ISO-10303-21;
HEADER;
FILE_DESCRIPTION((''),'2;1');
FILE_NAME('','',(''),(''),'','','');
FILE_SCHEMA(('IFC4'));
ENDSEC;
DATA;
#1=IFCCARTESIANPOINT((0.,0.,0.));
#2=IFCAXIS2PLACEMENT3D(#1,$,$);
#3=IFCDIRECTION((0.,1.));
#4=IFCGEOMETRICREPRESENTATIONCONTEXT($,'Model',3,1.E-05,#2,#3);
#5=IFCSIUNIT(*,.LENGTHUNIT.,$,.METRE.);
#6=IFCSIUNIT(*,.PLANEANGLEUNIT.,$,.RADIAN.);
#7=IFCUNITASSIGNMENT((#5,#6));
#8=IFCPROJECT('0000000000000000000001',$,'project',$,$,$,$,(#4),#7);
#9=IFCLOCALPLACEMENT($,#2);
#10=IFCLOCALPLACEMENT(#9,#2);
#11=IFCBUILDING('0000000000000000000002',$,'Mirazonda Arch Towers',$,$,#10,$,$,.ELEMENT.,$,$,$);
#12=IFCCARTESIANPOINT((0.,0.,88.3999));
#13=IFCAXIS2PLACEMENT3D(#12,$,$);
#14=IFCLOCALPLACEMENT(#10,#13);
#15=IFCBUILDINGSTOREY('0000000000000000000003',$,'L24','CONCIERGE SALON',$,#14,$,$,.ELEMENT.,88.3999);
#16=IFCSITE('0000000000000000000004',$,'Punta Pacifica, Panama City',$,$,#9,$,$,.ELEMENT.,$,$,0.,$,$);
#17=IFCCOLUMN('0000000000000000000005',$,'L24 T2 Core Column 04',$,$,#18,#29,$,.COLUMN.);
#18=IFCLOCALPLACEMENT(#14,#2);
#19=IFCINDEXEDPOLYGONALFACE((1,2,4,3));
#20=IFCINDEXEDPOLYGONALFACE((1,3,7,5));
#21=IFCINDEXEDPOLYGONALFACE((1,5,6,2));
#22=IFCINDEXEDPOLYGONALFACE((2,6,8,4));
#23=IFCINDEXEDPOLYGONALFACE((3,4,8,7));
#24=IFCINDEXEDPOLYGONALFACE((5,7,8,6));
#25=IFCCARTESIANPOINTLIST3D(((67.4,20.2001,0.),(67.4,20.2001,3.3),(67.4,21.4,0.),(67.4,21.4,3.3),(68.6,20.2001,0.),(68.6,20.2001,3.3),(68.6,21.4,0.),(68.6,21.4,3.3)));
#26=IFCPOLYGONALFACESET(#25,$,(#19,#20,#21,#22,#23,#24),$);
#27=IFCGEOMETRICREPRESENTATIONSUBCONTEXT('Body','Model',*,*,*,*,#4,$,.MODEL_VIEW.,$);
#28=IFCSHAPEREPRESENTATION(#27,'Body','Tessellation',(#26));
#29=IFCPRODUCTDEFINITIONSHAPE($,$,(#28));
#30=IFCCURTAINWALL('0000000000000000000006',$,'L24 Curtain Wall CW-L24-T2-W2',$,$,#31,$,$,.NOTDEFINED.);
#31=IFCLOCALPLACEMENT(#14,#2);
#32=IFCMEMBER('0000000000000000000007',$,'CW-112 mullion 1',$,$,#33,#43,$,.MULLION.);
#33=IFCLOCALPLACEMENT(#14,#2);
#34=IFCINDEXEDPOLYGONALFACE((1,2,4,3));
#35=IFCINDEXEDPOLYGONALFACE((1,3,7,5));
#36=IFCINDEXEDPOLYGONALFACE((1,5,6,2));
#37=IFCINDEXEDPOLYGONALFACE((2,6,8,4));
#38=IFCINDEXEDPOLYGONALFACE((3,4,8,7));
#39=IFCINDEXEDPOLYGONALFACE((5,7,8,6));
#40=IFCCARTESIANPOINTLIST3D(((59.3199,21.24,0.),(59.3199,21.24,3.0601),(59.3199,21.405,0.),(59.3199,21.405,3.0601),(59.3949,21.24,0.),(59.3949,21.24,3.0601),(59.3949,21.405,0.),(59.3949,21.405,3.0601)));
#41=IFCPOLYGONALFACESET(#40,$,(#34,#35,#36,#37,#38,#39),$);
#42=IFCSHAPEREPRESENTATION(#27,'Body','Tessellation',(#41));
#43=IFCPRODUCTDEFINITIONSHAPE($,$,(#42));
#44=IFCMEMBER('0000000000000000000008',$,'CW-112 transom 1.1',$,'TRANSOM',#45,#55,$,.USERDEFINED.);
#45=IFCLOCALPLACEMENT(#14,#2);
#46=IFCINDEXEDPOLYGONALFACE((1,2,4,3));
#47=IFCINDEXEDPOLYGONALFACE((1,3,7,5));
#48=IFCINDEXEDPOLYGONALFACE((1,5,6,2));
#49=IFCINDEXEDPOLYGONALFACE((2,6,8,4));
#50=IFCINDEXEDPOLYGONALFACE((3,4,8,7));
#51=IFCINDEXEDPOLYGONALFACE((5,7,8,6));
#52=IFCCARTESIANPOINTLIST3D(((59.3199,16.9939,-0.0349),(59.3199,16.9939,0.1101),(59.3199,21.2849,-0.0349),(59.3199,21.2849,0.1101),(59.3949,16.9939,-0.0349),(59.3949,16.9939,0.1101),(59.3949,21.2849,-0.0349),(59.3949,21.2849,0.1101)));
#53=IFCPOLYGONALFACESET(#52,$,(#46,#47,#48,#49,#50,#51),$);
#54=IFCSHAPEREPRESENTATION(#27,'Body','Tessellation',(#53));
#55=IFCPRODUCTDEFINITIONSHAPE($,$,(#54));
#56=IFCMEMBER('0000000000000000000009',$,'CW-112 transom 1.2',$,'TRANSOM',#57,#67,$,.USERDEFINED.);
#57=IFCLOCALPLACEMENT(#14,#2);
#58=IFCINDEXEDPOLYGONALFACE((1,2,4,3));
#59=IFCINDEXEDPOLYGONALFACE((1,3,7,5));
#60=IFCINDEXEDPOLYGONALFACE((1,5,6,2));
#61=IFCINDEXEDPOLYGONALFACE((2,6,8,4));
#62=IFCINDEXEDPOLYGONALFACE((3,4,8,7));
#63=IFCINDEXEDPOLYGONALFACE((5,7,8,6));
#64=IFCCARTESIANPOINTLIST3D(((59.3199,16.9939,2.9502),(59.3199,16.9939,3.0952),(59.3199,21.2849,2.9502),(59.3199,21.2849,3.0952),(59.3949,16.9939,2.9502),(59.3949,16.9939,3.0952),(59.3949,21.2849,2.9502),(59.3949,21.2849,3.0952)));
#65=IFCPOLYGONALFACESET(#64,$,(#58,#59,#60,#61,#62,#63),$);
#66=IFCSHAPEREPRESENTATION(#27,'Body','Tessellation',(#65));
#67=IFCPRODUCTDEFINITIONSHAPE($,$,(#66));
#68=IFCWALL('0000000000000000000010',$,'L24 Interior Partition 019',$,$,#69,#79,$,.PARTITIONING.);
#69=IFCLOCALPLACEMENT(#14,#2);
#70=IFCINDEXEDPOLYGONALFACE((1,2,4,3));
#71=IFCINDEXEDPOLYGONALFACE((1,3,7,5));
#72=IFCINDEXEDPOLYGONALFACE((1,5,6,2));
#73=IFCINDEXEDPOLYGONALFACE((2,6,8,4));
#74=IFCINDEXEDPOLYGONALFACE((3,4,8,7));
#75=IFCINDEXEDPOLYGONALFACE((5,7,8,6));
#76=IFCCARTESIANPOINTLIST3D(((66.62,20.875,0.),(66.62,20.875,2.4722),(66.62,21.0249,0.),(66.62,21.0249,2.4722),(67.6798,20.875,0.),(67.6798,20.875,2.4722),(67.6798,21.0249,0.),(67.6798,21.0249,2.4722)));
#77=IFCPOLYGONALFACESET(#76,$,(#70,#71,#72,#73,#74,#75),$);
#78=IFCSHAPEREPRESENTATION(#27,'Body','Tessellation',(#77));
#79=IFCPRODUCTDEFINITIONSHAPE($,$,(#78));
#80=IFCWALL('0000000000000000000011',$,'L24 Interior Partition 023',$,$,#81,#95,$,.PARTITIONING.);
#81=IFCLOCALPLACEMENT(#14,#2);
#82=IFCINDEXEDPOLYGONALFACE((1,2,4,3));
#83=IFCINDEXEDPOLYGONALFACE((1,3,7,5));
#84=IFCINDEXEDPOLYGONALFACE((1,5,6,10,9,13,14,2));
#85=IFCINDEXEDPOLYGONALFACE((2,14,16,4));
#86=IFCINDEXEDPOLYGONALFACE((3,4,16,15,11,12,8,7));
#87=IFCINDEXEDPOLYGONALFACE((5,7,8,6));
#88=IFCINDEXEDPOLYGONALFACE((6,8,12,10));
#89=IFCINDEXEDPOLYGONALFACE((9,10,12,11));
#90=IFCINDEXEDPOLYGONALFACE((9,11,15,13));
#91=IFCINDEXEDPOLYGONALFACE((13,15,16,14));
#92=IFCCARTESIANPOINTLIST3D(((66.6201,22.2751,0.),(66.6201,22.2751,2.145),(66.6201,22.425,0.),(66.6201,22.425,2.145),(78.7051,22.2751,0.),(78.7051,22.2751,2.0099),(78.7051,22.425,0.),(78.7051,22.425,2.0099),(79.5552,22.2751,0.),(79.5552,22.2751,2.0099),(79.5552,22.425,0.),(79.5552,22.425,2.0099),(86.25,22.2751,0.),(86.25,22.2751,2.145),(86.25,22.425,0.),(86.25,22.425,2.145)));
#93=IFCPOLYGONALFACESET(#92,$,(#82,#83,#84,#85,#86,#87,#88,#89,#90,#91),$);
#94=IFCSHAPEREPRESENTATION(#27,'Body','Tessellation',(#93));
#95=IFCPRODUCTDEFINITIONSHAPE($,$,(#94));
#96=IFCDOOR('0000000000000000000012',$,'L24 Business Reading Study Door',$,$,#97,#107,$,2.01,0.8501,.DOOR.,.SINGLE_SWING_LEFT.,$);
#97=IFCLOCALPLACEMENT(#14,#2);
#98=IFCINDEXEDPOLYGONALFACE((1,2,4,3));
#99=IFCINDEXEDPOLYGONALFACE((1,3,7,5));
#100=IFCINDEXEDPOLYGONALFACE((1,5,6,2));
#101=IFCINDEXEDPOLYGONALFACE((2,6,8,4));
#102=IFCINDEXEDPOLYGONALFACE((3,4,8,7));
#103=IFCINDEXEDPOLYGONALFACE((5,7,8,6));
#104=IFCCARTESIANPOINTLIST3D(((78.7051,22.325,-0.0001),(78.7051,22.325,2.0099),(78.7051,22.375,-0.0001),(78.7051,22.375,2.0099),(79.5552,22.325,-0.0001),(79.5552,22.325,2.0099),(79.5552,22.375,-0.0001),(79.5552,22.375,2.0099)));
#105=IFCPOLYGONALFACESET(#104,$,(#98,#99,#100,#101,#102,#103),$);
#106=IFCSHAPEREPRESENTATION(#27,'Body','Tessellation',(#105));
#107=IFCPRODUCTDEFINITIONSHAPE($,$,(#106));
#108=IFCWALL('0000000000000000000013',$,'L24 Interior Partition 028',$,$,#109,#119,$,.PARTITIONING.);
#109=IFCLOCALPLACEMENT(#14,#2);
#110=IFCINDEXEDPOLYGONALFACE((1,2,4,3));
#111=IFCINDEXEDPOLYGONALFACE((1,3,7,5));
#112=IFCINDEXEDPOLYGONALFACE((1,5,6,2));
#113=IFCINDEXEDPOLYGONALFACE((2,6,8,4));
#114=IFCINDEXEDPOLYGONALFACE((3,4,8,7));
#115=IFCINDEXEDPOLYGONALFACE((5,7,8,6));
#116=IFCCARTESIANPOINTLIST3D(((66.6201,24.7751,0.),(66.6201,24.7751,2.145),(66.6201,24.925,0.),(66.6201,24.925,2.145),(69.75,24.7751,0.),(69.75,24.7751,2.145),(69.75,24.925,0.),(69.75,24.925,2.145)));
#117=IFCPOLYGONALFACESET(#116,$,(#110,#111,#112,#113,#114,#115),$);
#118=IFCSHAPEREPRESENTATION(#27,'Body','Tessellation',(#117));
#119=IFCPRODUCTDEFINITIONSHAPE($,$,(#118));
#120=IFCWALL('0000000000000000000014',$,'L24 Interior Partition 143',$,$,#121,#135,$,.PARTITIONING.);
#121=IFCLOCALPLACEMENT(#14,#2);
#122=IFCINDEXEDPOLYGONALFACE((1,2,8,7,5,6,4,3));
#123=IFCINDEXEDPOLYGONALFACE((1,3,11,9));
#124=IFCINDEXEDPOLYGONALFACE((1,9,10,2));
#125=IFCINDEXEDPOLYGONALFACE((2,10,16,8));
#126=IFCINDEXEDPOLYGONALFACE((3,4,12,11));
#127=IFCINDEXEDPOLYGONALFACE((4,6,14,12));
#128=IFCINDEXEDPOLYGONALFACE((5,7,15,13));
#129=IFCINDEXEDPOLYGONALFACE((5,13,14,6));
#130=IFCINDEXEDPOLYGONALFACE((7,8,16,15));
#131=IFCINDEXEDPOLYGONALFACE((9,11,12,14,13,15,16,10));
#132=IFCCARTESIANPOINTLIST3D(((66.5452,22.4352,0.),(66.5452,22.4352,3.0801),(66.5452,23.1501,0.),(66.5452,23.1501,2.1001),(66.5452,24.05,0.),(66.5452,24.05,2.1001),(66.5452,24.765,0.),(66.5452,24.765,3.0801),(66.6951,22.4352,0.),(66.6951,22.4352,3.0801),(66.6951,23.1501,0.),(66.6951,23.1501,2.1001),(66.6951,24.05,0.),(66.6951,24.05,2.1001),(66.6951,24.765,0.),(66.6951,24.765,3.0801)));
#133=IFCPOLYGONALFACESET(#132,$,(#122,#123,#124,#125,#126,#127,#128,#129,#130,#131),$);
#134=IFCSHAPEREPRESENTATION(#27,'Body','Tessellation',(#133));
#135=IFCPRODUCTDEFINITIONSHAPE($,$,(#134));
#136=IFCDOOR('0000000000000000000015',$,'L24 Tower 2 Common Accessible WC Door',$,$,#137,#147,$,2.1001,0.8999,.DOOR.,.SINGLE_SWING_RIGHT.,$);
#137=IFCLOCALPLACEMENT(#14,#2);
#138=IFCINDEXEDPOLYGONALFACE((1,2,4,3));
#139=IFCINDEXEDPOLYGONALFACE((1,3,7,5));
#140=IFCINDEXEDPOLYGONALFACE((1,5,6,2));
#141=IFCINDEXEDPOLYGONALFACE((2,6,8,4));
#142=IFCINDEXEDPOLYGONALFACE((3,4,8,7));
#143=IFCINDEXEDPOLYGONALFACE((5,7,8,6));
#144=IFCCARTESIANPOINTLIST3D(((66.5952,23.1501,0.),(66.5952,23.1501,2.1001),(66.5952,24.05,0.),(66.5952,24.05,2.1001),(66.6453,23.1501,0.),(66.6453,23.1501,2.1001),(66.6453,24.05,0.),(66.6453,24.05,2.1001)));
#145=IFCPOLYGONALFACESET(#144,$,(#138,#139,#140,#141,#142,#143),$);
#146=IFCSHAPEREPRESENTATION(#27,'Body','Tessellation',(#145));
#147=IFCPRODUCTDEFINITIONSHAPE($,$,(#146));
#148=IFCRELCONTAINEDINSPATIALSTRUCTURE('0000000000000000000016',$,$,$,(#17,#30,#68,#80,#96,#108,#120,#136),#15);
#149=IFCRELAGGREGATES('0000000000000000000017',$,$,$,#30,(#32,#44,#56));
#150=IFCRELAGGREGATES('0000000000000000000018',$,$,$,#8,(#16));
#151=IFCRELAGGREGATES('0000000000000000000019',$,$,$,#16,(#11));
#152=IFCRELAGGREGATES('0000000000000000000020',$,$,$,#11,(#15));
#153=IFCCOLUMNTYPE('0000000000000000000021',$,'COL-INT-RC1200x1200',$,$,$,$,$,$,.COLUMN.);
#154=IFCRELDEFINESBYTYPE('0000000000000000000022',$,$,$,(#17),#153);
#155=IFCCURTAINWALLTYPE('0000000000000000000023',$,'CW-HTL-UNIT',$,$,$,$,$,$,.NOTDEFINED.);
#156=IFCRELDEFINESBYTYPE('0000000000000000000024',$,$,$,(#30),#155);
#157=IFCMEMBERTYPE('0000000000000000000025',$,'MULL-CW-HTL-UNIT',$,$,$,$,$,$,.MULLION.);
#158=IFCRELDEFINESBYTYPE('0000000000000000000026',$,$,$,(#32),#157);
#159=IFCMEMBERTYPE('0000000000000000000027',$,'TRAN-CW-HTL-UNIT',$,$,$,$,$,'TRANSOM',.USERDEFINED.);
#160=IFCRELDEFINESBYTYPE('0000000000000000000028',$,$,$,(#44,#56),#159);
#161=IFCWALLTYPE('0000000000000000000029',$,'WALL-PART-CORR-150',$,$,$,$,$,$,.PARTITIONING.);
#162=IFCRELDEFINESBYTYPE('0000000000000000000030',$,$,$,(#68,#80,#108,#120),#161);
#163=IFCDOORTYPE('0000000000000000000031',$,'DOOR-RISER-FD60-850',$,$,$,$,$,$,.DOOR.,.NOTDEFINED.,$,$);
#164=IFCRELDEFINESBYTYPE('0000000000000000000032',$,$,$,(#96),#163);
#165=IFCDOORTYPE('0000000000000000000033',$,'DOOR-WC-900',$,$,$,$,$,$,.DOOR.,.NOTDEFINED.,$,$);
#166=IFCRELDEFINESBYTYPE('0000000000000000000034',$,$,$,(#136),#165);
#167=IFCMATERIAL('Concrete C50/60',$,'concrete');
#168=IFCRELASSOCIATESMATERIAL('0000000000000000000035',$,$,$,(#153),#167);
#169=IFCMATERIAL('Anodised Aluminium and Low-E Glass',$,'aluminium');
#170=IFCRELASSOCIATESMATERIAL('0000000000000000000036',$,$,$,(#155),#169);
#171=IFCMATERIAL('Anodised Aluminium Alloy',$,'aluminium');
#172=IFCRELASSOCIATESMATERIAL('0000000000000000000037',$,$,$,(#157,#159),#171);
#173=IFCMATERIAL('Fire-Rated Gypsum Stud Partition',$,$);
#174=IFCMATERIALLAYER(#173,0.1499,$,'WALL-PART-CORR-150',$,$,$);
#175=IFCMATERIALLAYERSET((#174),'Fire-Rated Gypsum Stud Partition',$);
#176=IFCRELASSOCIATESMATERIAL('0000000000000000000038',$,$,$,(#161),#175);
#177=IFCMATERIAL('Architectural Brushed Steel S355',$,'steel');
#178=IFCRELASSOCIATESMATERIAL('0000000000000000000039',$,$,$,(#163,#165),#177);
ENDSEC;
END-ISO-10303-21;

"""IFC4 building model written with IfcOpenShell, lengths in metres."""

from ifc_helpers import new_model, si_unit, direction, frame, frame_2d, origin, origin_2d, place, context, subcontext, project, spatial, rectangle, extrude, material, layer, layer_set, material_profile, profile_set, type_object, element, fill, aggregate, save


model = new_model("IFC4")

# Units and contexts
model_context = context("Model", 3, precision=1e-05, world=origin(), true_north=direction((0.0, 1.0)))
body_context = subcontext(model_context, "Body", "Model", "MODEL_VIEW")
ifc_project = project(units=[si_unit("LENGTHUNIT", "METRE"), si_unit("PLANEANGLEUNIT", "RADIAN")], contexts=[model_context])

# Site, building, storey
site_placement = place(None, origin())
site = spatial("IfcSite", under=ifc_project, at=site_placement, Name="Punta Pacifica, Panama City", CompositionType="ELEMENT", RefElevation=0.0)
building_placement = place(site_placement, origin())
building = spatial("IfcBuilding", under=site, at=building_placement, Name="Mirazonda Arch Towers", CompositionType="ELEMENT")
storey_placement = place(building_placement, frame((0.0, 0.0, 88.3999)))
storey = spatial("IfcBuildingStorey", under=building, at=storey_placement, Name="L24", Description="CONCIERGE SALON", CompositionType="ELEMENT", Elevation=88.3999)

# Column
ifc_material_1 = material(Name="Concrete C50/60", Category="concrete")
ifc_material_profile_1 = material_profile(ifc_material_1, rectangle(XDim=1.2, YDim=1.2, at=origin_2d()), Name="RC1200x1200")
ifc_profile_set_1 = profile_set([ifc_material_profile_1], Name="Concrete C50/60")
column_type = type_object("IfcColumnType", Name="COL-INT-RC1200x1200", PredefinedType="COLUMN", material=ifc_profile_set_1)
column_placement = place(storey_placement, frame((68.0, 20.8, 0.0), z_axis=(0.0, 0.0, 1.0), x_axis=(1.0, 0.0, 0.0)))
element("IfcColumn", 1, at=column_placement, inside=storey, type_object=column_type, Name="L24 T2 Core Column 04", PredefinedType="COLUMN", context=body_context, shape_type="SweptSolid", body=[
    extrude(rectangle(XDim=1.2, YDim=1.2, at=origin_2d()), origin(), (0.0, 0.0, 1.0), 3.3),
])

# Curtain wall, members
ifc_material_2 = material(Name="Anodised Aluminium and Low-E Glass", Category="aluminium")
curtain_wall_type = type_object("IfcCurtainWallType", Name="CW-HTL-UNIT", PredefinedType="NOTDEFINED", material=ifc_material_2)
curtain_wall_placement = place(storey_placement, origin())
curtain_wall = element("IfcCurtainWall", 2, at=curtain_wall_placement, inside=storey, type_object=curtain_wall_type, Name="L24 Curtain Wall CW-L24-T2-W2", PredefinedType="NOTDEFINED")
ifc_material_3 = material(Name="Anodised Aluminium Alloy", Category="aluminium")
ifc_material_profile_2 = material_profile(ifc_material_3, rectangle(XDim=0.075, YDim=0.165, at=origin_2d()), Name="ALU-MULL-75x165")
ifc_profile_set_2 = profile_set([ifc_material_profile_2], Name="Anodised Aluminium Alloy")
member_type_1 = type_object("IfcMemberType", Name="MULL-CW-HTL-UNIT", PredefinedType="MULLION", material=ifc_profile_set_2)
member_1_placement = place(storey_placement, frame((59.3574, 21.3225, 0.0), z_axis=(0.0, 0.0, 1.0), x_axis=(1.0, 0.0, 0.0)))
member_1 = element("IfcMember", 3, at=member_1_placement, type_object=member_type_1, Name="CW-112 mullion 1", PredefinedType="MULLION", context=body_context, shape_type="SweptSolid", body=[
    extrude(rectangle(XDim=0.075, YDim=0.165, at=origin_2d()), origin(), (0.0, 0.0, 1.0), 3.0601),
])
ifc_material_profile_3 = material_profile(ifc_material_3, rectangle(XDim=0.075, YDim=0.145, at=origin_2d()), Name="ALU-TRAN-75x145")
ifc_profile_set_3 = profile_set([ifc_material_profile_3], Name="Anodised Aluminium Alloy")
member_type_2 = type_object("IfcMemberType", Name="TRAN-CW-HTL-UNIT", ElementType="TRANSOM", PredefinedType="USERDEFINED", material=ifc_profile_set_3)
member_2_placement = place(storey_placement, frame((59.3574, 21.2849, 0.0376), z_axis=(0.0, -1.0, 0.0), x_axis=(1.0, 0.0, 0.0)))
member_2 = element("IfcMember", 4, at=member_2_placement, type_object=member_type_2, Name="CW-112 transom 1.1", ObjectType="TRANSOM", PredefinedType="USERDEFINED", context=body_context, shape_type="SweptSolid", body=[
    extrude(rectangle(XDim=0.075, YDim=0.145, at=origin_2d()), origin(), (0.0, 0.0, 1.0), 4.291),
])
member_3_placement = place(storey_placement, frame((59.3574, 21.2849, 3.0227), z_axis=(0.0, -1.0, 0.0), x_axis=(1.0, 0.0, 0.0)))
member_3 = element("IfcMember", 5, at=member_3_placement, type_object=member_type_2, Name="CW-112 transom 1.2", ObjectType="TRANSOM", PredefinedType="USERDEFINED", context=body_context, shape_type="SweptSolid", body=[
    extrude(rectangle(XDim=0.075, YDim=0.145, at=origin_2d()), origin(), (0.0, 0.0, 1.0), 4.291),
])
aggregate(curtain_wall, [member_1, member_2, member_3])

# Wall
ifc_material_4 = material(Name="Fire-Rated Gypsum Stud Partition")
ifc_layer_1 = layer(ifc_material_4, 0.1499, Name="WALL-PART-CORR-150")
ifc_layer_set_1 = layer_set([ifc_layer_1], Name="Fire-Rated Gypsum Stud Partition")
wall_type_1 = type_object("IfcWallType", Name="WALL-PART-CORR-150", PredefinedType="PARTITIONING", material=ifc_layer_set_1)
wall_1_placement = place(storey_placement, frame((66.6201, 20.95, 0.0), z_axis=(0.0, 0.0, 1.0), x_axis=(1.0, 0.0, 0.0)))
element("IfcWall", 6, at=wall_1_placement, inside=storey, type_object=wall_type_1, Name="L24 Interior Partition 019", PredefinedType="PARTITIONING", context=body_context, shape_type="SweptSolid", body=[
    extrude(rectangle(XDim=1.0598, YDim=0.1499, at=frame_2d((0.5298, 0.0))), origin(), (0.0, 0.0, 1.0), 2.4722),
])

# Wall, opening, door
wall_2_placement = place(storey_placement, frame((66.6201, 22.3501, 0.0), z_axis=(0.0, 0.0, 1.0), x_axis=(1.0, 0.0, 0.0)))
wall_2 = element("IfcWall", 7, at=wall_2_placement, inside=storey, type_object=wall_type_1, Name="L24 Interior Partition 023", PredefinedType="PARTITIONING", context=body_context, shape_type="SweptSolid", body=[
    extrude(rectangle(XDim=19.6299, YDim=0.1499, at=frame_2d((9.8149, 0.0))), origin(), (0.0, 0.0, 1.0), 2.145),
])
opening_1_placement = place(wall_2_placement, frame((12.085, 0.0, 0.0)))
opening_1 = element("IfcOpeningElement", 8, at=opening_1_placement, cuts=wall_2, PredefinedType="OPENING", context=body_context, shape_type="SweptSolid", body=[
    extrude(rectangle(XDim=0.8501, YDim=2.01, at=frame_2d((0.425, 1.0049))), frame((0.0, 0.085, 0.0), z_axis=(0.0, -1.0, 0.0), x_axis=(1.0, 0.0, 0.0)), (0.0, 0.0, 1.0), 0.1699),
])
ifc_material_5 = material(Name="Architectural Brushed Steel S355", Category="steel")
door_type_1 = type_object("IfcDoorType", Name="DOOR-RISER-FD60-850", OperationType="NOTDEFINED", PredefinedType="DOOR", material=ifc_material_5)
door_1_placement = place(opening_1_placement, origin())
door_1 = element("IfcDoor", 9, at=door_1_placement, inside=storey, type_object=door_type_1, Name="L24 Business Reading Study Door", OperationType="SINGLE_SWING_LEFT", OverallHeight=2.01, OverallWidth=0.8501, PredefinedType="DOOR", context=body_context, shape_type="SweptSolid", body=[
    extrude(rectangle(XDim=0.8501, YDim=2.01, at=frame_2d((0.425, 1.0049))), frame((0.0, 0.0249, 0.0), z_axis=(0.0, -1.0, 0.0), x_axis=(1.0, 0.0, 0.0)), (0.0, 0.0, 1.0), 0.05),
])
fill(opening_1, door_1)

# Wall
wall_3_placement = place(storey_placement, frame((66.6201, 24.8501, 0.0), z_axis=(0.0, 0.0, 1.0), x_axis=(1.0, 0.0, 0.0)))
element("IfcWall", 10, at=wall_3_placement, inside=storey, type_object=wall_type_1, Name="L24 Interior Partition 028", PredefinedType="PARTITIONING", context=body_context, shape_type="SweptSolid", body=[
    extrude(rectangle(XDim=3.1299, YDim=0.1499, at=frame_2d((1.5649, 0.0))), origin(), (0.0, 0.0, 1.0), 2.145),
])

# Wall, opening, door
wall_4_placement = place(storey_placement, frame((66.6201, 22.4351, 0.0), z_axis=(0.0, 0.0, 1.0), x_axis=(0.0, 1.0, 0.0)))
wall_4 = element("IfcWall", 11, at=wall_4_placement, inside=storey, type_object=wall_type_1, Name="L24 Interior Partition 143", PredefinedType="PARTITIONING", context=body_context, shape_type="SweptSolid", body=[
    extrude(rectangle(XDim=2.3298, YDim=0.1499, at=frame_2d((1.165, 0.0))), origin(), (0.0, 0.0, 1.0), 3.0801),
])
opening_2_placement = place(wall_4_placement, frame((0.7151, 0.0, 0.0)))
opening_2 = element("IfcOpeningElement", 12, at=opening_2_placement, cuts=wall_4, PredefinedType="OPENING", context=body_context, shape_type="SweptSolid", body=[
    extrude(rectangle(XDim=0.8999, YDim=2.1001, at=frame_2d((0.45, 1.05))), frame((0.0, 0.085, 0.0), z_axis=(0.0, -1.0, 0.0), x_axis=(1.0, 0.0, 0.0)), (0.0, 0.0, 1.0), 0.1699),
])
door_type_2 = type_object("IfcDoorType", Name="DOOR-WC-900", OperationType="NOTDEFINED", PredefinedType="DOOR", material=ifc_material_5)
door_2_placement = place(opening_2_placement, origin())
door_2 = element("IfcDoor", 13, at=door_2_placement, inside=storey, type_object=door_type_2, Name="L24 Tower 2 Common Accessible WC Door", OperationType="SINGLE_SWING_RIGHT", OverallHeight=2.1001, OverallWidth=0.8999, PredefinedType="DOOR", context=body_context, shape_type="SweptSolid", body=[
    extrude(rectangle(XDim=0.8999, YDim=2.1001, at=frame_2d((0.45, 1.05))), frame((0.0, 0.0249, 0.0), z_axis=(0.0, -1.0, 0.0), x_axis=(1.0, 0.0, 0.0)), (0.0, 0.0, 1.0), 0.05),
])
fill(opening_2, door_2)

save(model, "model.ifc")
